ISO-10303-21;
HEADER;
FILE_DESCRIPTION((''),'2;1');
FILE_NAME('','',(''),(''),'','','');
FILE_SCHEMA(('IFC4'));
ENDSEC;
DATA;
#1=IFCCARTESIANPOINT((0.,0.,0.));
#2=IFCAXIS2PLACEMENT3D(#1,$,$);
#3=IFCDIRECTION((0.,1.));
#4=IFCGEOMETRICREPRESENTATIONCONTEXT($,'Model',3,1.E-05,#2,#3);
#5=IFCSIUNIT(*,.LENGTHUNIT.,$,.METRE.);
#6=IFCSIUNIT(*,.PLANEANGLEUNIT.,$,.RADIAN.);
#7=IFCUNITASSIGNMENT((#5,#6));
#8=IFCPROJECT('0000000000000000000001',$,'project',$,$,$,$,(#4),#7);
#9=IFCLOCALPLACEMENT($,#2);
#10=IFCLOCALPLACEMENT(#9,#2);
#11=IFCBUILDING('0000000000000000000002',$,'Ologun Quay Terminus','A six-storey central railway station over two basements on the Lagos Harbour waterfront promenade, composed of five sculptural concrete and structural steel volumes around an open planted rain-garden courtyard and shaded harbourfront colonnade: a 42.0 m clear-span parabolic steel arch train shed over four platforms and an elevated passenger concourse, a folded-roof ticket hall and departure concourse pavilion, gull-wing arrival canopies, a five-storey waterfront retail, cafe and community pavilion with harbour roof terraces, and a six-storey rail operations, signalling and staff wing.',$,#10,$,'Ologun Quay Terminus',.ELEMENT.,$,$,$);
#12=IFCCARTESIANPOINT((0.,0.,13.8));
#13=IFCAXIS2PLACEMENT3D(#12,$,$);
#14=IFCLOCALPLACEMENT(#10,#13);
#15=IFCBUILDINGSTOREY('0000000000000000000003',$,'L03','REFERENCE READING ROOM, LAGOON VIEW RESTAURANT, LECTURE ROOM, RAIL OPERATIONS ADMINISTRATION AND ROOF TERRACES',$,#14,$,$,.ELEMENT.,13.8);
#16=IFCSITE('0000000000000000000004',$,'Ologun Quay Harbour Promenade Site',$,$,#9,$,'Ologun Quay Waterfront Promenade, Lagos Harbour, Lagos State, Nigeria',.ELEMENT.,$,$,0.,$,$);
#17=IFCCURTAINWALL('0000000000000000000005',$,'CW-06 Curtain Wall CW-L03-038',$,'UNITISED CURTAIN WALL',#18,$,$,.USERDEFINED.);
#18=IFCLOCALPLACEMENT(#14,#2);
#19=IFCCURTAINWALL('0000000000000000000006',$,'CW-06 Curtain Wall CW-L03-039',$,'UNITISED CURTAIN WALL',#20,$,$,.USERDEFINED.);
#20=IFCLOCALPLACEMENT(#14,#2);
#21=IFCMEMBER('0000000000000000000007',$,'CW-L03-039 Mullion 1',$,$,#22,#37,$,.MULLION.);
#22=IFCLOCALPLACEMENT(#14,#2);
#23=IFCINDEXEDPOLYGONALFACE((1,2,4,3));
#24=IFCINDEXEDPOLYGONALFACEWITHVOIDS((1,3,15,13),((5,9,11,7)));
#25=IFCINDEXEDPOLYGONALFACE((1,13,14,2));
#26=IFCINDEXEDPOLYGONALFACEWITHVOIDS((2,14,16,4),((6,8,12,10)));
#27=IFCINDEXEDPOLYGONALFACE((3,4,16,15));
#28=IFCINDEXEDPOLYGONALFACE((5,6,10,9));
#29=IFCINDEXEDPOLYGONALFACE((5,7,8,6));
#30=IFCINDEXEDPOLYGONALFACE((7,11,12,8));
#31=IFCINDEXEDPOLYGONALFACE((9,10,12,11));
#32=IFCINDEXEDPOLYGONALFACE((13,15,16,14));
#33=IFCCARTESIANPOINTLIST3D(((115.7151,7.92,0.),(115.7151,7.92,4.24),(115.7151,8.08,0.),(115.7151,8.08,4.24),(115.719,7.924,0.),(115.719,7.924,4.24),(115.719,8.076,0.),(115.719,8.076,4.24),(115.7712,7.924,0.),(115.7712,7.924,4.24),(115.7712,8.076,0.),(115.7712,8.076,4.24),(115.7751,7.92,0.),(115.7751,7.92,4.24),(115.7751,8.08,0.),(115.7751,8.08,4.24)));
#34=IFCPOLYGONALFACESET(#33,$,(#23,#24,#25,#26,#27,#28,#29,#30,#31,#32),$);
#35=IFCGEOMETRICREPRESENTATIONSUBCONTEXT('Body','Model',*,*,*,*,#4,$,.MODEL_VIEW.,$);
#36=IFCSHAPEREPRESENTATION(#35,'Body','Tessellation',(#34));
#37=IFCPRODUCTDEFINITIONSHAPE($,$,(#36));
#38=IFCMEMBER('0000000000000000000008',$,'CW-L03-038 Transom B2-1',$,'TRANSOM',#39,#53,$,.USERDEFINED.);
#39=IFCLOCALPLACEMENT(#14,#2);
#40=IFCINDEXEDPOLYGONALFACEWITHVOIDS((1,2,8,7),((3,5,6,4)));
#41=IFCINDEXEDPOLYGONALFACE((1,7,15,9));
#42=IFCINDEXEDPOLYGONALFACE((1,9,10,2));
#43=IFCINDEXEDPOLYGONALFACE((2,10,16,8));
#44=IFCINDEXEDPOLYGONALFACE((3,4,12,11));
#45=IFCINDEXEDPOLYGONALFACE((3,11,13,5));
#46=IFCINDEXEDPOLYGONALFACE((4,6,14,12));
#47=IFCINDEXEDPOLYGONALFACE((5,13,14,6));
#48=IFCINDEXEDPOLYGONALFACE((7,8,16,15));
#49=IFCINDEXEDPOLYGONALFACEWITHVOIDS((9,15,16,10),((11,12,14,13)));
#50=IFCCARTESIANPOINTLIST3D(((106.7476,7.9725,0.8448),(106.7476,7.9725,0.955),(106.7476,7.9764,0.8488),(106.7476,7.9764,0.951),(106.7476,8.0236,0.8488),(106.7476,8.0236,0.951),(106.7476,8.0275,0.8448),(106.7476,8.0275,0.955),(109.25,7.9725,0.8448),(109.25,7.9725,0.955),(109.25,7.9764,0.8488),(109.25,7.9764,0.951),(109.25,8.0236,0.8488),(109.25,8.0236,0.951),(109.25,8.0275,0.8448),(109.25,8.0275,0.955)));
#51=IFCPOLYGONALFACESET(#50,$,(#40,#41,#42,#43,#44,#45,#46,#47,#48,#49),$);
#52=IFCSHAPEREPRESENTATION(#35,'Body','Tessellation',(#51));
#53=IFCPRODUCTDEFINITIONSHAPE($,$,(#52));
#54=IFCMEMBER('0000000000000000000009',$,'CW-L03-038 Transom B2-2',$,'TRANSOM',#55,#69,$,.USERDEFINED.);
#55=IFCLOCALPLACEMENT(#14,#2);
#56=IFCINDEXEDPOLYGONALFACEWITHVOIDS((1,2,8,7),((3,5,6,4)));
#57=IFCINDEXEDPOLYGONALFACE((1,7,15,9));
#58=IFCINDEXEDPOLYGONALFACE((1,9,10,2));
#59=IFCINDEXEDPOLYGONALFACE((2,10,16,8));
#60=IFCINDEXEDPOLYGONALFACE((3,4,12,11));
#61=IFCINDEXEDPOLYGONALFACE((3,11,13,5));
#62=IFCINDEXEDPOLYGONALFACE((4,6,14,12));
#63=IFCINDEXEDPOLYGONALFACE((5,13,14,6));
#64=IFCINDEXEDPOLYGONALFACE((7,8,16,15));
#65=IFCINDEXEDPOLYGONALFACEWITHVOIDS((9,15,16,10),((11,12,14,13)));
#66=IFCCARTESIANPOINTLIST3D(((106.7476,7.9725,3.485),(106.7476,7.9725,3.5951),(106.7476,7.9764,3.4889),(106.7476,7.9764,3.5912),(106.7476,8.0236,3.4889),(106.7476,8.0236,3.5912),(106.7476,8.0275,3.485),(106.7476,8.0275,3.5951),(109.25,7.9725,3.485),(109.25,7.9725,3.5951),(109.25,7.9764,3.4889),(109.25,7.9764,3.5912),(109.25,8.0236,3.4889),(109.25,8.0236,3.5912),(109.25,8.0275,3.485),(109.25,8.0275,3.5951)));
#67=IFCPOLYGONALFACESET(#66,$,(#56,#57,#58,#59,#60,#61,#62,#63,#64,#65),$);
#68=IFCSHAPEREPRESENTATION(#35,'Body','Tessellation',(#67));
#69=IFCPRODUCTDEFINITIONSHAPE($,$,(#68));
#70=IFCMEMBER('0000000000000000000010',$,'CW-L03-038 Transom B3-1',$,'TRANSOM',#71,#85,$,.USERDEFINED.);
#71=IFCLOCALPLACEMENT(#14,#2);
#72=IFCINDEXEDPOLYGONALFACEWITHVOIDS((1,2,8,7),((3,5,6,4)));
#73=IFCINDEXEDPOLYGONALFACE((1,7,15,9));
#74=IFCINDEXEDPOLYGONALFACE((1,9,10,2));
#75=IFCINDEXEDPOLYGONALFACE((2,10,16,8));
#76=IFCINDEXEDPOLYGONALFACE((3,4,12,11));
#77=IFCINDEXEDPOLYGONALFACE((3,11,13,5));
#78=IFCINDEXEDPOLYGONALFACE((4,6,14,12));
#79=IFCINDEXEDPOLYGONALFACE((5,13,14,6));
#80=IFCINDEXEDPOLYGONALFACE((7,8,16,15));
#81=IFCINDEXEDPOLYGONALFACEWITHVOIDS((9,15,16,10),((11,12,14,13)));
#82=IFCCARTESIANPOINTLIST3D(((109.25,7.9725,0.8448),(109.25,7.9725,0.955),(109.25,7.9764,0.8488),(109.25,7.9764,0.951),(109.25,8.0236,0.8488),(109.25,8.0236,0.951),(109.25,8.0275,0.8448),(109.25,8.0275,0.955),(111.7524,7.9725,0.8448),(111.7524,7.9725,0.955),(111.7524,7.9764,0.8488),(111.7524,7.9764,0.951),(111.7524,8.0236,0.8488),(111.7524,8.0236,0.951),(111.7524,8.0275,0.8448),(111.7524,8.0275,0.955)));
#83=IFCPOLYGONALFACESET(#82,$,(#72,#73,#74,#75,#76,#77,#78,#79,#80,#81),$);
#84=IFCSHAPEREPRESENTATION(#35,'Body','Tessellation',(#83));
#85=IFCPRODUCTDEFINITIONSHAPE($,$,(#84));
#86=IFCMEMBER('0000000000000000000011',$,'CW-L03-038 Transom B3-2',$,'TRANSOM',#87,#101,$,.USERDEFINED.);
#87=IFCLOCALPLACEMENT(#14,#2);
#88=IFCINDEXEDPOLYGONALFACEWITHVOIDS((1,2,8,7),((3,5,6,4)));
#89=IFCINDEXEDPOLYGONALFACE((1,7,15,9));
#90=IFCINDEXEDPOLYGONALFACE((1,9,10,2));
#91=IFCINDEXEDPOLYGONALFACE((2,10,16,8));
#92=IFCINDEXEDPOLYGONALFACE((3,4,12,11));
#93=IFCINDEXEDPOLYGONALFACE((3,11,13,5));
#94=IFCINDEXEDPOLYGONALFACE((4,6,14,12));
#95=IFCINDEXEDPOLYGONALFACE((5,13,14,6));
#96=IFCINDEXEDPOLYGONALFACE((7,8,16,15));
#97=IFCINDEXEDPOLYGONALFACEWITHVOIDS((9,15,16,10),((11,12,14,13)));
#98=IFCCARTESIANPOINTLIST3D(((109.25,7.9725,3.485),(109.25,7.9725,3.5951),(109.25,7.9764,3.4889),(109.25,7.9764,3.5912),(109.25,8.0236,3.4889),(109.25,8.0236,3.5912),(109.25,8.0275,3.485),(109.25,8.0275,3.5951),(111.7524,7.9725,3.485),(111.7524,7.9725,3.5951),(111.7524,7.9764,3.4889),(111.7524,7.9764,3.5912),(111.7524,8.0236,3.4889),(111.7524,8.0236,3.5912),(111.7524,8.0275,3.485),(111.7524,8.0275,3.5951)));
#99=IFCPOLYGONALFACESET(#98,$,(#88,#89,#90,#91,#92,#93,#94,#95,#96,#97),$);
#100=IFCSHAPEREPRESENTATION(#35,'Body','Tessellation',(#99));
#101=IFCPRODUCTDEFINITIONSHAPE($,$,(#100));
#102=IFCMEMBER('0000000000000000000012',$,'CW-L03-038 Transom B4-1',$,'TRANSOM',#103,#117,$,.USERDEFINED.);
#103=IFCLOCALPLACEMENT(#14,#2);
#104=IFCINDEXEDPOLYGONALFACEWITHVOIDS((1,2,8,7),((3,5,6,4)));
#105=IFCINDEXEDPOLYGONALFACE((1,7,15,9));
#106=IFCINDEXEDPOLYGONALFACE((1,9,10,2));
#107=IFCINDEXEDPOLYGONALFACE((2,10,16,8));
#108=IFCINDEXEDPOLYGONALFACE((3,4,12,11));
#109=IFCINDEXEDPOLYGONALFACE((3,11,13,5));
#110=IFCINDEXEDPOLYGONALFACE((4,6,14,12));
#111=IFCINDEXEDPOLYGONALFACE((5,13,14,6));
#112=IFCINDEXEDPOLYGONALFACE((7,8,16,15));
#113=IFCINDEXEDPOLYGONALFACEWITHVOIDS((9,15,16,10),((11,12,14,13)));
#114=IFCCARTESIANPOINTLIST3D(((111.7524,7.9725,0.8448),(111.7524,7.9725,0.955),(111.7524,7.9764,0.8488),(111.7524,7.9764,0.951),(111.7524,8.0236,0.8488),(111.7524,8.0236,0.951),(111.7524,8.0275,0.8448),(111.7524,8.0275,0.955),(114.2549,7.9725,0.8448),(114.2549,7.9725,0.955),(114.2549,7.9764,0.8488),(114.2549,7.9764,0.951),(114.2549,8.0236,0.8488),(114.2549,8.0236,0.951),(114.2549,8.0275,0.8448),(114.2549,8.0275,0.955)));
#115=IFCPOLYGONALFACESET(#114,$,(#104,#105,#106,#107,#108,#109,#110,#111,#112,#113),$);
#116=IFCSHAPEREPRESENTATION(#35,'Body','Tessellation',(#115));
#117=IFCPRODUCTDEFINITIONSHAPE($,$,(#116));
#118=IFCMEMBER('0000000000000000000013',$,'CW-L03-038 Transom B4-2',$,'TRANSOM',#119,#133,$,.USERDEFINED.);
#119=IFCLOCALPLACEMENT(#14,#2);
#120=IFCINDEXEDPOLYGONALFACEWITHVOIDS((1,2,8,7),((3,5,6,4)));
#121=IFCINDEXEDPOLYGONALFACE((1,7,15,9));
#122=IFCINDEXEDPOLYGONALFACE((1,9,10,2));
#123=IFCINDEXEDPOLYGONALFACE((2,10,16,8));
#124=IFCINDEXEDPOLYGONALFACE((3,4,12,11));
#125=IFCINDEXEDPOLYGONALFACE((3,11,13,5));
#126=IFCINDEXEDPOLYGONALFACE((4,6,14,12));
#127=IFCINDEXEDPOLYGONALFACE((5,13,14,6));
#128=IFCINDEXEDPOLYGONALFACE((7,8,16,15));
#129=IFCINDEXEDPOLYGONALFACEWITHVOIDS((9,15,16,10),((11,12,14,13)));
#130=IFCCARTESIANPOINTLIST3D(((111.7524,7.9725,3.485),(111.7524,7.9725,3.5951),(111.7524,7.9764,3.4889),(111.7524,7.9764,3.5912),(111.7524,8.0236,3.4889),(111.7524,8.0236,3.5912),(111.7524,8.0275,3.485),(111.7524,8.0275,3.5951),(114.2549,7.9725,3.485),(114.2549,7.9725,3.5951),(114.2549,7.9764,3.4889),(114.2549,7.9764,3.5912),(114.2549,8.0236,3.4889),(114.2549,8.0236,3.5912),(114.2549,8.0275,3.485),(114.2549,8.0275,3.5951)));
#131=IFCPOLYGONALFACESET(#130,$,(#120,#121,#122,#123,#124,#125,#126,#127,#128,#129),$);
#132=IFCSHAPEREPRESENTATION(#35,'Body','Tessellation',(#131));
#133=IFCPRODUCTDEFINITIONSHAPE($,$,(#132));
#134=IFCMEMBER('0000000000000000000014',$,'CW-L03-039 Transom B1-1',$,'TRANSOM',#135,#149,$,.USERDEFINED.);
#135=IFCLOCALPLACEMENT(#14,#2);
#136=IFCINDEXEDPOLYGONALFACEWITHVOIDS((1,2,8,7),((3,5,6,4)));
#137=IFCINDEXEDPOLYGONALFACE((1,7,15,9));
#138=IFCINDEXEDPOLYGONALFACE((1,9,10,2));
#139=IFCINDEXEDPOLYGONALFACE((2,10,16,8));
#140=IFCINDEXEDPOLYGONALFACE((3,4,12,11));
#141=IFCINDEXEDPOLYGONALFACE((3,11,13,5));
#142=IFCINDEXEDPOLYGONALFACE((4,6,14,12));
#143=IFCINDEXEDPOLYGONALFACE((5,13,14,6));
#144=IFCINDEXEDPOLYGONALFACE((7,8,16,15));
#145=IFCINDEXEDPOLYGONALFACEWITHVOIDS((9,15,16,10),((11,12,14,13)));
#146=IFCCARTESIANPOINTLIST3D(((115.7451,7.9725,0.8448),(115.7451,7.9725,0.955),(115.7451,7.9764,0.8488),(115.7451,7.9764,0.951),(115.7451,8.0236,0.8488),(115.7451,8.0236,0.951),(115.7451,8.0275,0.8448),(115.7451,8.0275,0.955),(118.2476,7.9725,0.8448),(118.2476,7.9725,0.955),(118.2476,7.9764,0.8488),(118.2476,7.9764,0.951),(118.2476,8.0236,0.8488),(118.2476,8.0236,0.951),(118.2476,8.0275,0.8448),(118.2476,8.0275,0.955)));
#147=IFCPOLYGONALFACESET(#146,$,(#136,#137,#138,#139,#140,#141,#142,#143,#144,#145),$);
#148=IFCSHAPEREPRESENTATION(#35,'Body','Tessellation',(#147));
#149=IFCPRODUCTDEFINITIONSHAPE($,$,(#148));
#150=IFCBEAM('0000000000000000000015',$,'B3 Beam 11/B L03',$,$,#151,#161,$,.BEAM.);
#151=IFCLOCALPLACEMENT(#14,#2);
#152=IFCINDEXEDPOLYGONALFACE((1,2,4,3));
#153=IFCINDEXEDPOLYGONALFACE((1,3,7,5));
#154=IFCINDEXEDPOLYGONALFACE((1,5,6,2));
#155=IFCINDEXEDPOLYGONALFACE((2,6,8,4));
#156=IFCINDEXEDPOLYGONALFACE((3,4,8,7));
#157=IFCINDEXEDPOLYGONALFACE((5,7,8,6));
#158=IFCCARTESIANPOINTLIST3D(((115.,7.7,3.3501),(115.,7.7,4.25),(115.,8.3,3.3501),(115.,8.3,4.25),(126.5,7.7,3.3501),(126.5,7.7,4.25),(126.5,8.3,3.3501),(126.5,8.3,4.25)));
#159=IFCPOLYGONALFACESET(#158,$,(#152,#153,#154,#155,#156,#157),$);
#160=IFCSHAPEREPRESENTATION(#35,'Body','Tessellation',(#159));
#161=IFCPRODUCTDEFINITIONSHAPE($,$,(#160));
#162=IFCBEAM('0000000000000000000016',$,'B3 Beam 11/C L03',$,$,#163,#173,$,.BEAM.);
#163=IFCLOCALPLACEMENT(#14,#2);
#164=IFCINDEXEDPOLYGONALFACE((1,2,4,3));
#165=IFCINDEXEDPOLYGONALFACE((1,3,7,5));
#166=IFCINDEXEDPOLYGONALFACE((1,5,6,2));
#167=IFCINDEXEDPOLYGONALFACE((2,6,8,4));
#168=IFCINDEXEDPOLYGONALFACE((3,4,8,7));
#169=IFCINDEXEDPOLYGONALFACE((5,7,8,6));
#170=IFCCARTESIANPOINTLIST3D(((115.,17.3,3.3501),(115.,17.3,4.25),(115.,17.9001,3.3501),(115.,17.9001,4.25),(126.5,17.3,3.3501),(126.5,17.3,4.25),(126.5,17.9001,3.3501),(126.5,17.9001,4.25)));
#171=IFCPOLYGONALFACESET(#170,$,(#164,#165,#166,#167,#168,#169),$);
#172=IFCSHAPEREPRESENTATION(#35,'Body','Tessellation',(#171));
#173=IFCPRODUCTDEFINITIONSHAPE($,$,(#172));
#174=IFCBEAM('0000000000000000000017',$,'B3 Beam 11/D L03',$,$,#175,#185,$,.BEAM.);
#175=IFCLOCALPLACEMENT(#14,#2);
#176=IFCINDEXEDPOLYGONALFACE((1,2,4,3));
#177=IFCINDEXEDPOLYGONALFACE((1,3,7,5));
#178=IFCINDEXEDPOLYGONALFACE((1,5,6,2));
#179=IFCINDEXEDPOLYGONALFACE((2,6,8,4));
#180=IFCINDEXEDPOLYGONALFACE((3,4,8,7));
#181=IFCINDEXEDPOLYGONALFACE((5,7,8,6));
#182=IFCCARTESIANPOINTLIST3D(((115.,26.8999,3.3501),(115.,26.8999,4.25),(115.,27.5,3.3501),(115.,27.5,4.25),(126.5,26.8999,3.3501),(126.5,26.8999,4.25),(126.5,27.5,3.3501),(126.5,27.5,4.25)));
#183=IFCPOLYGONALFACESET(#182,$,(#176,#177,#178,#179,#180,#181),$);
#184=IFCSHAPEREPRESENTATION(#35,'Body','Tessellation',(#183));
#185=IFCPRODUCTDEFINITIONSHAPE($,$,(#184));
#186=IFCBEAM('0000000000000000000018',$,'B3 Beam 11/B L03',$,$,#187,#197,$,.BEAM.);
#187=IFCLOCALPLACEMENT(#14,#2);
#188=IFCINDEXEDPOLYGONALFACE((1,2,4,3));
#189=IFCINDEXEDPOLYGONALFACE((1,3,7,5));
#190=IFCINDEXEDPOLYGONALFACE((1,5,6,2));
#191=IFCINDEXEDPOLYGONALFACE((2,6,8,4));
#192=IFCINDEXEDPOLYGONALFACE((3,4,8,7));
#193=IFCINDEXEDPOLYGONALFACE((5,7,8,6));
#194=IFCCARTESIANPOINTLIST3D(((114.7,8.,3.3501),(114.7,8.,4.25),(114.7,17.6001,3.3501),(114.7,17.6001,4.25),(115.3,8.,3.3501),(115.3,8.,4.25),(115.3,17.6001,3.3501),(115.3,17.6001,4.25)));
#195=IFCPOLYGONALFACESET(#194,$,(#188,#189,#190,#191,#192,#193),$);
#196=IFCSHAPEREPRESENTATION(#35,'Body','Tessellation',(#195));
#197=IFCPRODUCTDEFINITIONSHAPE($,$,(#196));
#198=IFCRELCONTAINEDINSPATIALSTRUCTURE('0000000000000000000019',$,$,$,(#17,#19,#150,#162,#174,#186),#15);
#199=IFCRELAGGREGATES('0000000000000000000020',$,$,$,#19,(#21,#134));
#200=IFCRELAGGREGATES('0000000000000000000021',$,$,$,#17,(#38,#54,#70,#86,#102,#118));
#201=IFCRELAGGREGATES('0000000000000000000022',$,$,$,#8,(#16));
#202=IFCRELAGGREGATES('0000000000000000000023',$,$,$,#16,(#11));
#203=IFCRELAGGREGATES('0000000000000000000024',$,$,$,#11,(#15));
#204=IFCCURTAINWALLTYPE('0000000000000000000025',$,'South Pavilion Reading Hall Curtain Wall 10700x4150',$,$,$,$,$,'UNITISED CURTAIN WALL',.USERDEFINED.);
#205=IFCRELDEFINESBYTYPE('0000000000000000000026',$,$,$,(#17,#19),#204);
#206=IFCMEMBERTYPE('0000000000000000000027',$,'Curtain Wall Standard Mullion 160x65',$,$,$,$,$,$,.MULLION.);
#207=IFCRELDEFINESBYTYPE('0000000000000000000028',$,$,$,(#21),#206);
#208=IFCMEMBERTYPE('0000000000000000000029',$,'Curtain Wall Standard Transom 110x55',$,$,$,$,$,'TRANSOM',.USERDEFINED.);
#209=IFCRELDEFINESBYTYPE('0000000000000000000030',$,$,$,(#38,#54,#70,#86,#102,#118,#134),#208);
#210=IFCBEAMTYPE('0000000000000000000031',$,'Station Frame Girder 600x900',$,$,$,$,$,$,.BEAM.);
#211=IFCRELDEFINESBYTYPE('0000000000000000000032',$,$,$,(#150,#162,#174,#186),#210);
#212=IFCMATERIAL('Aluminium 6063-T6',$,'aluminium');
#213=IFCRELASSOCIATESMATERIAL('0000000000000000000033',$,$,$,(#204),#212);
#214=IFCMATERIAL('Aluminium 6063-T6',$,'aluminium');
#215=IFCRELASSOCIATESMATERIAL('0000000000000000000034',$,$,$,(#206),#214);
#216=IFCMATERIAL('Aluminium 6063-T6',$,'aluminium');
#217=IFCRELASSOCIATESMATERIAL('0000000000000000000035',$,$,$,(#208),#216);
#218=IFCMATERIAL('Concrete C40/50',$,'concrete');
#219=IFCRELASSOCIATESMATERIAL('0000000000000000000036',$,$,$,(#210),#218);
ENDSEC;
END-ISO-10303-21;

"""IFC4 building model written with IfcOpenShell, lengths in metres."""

from ifc_helpers import new_model, si_unit, direction, frame, origin, origin_2d, place, context, subcontext, project, spatial, rectangle, hollow_rectangle, extrude, material, material_profile, profile_set, type_object, element, aggregate, save


model = new_model("IFC4")

# Units and contexts
model_context = context("Model", 3, precision=1e-05, world=origin(), true_north=direction((0.0, 1.0)))
body_context = subcontext(model_context, "Body", "Model", "MODEL_VIEW")
ifc_project = project(units=[si_unit("LENGTHUNIT", "METRE"), si_unit("PLANEANGLEUNIT", "RADIAN")], contexts=[model_context])

# Site, building, storey
site_placement = place(None, origin())
site = spatial("IfcSite", under=ifc_project, at=site_placement, Name="Ologun Quay Harbour Promenade Site", LongName="Ologun Quay Waterfront Promenade, Lagos Harbour, Lagos State, Nigeria", CompositionType="ELEMENT", RefElevation=0.0)
building_placement = place(site_placement, origin())
building = spatial("IfcBuilding", under=site, at=building_placement, Name="Ologun Quay Terminus", Description="A six-storey central railway station over two basements on the Lagos Harbour waterfront promenade, composed of five sculptural concrete and structural steel volumes around an open planted rain-garden courtyard and shaded harbourfront colonnade: a 42.0 m clear-span parabolic steel arch train shed over four platforms and an elevated passenger concourse, a folded-roof ticket hall and departure concourse pavilion, gull-wing arrival canopies, a five-storey waterfront retail, cafe and community pavilion with harbour roof terraces, and a six-storey rail operations, signalling and staff wing.", LongName="Ologun Quay Terminus", CompositionType="ELEMENT")
storey_placement = place(building_placement, frame((0.0, 0.0, 13.8)))
storey = spatial("IfcBuildingStorey", under=building, at=storey_placement, Name="L03", Description="REFERENCE READING ROOM, LAGOON VIEW RESTAURANT, LECTURE ROOM, RAIL OPERATIONS ADMINISTRATION AND ROOF TERRACES", CompositionType="ELEMENT", Elevation=13.8)

# Curtain wall
ifc_material_1 = material(Name="Aluminium 6063-T6", Category="aluminium")
curtain_wall_type = type_object("IfcCurtainWallType", Name="South Pavilion Reading Hall Curtain Wall 10700x4150", ElementType="UNITISED CURTAIN WALL", PredefinedType="USERDEFINED", material=ifc_material_1)
curtain_wall_1_placement = place(storey_placement, origin())
curtain_wall_1 = element("IfcCurtainWall", 1, at=curtain_wall_1_placement, inside=storey, type_object=curtain_wall_type, Name="CW-06 Curtain Wall CW-L03-038", ObjectType="UNITISED CURTAIN WALL", PredefinedType="USERDEFINED")
ifc_material_2 = material(Name="Aluminium 6063-T6", Category="aluminium")
ifc_material_profile_1 = material_profile(ifc_material_2, hollow_rectangle(XDim=0.0601, YDim=0.1599, WallThickness=0.0039, at=origin_2d()), Name="ALU 160x60x4")
ifc_profile_set_1 = profile_set([ifc_material_profile_1], Name="Aluminium 6063-T6")
member_type_1 = type_object("IfcMemberType", Name="Curtain Wall Standard Mullion 160x65", PredefinedType="MULLION", material=ifc_profile_set_1)

# Curtain wall, member
curtain_wall_2_placement = place(storey_placement, origin())
curtain_wall_2 = element("IfcCurtainWall", 2, at=curtain_wall_2_placement, inside=storey, type_object=curtain_wall_type, Name="CW-06 Curtain Wall CW-L03-039", ObjectType="UNITISED CURTAIN WALL", PredefinedType="USERDEFINED")
member_1_placement = place(storey_placement, frame((115.7451, 8.0, 0.0), z_axis=(0.0, 0.0, 1.0), x_axis=(1.0, 0.0, 0.0)))
member_1 = element("IfcMember", 3, at=member_1_placement, type_object=member_type_1, Name="CW-L03-039 Mullion 1", PredefinedType="MULLION", context=body_context, shape_type="SweptSolid", body=[
    extrude(hollow_rectangle(XDim=0.0601, YDim=0.1599, WallThickness=0.0039, at=origin_2d()), origin(), (0.0, 0.0, 1.0), 4.24),
])

# Members
ifc_material_3 = material(Name="Aluminium 6063-T6", Category="aluminium")
ifc_material_profile_2 = material_profile(ifc_material_3, hollow_rectangle(XDim=0.0549, YDim=0.1101, WallThickness=0.0039, at=origin_2d()), Name="ALU 110x55x4")
ifc_profile_set_2 = profile_set([ifc_material_profile_2], Name="Aluminium 6063-T6")
member_type_2 = type_object("IfcMemberType", Name="Curtain Wall Standard Transom 110x55", ElementType="TRANSOM", PredefinedType="USERDEFINED", material=ifc_profile_set_2)
member_2_placement = place(storey_placement, frame((106.7476, 8.0, 0.8999), z_axis=(1.0, 0.0, 0.0), x_axis=(0.0, 1.0, 0.0)))
member_2 = element("IfcMember", 4, at=member_2_placement, type_object=member_type_2, Name="CW-L03-038 Transom B2-1", ObjectType="TRANSOM", PredefinedType="USERDEFINED", context=body_context, shape_type="SweptSolid", body=[
    extrude(hollow_rectangle(XDim=0.0549, YDim=0.1101, WallThickness=0.0039, at=origin_2d()), origin(), (0.0, 0.0, 1.0), 2.5024),
])
member_3_placement = place(storey_placement, frame((106.7476, 8.0, 3.54), z_axis=(1.0, 0.0, 0.0), x_axis=(0.0, 1.0, 0.0)))
member_3 = element("IfcMember", 5, at=member_3_placement, type_object=member_type_2, Name="CW-L03-038 Transom B2-2", ObjectType="TRANSOM", PredefinedType="USERDEFINED", context=body_context, shape_type="SweptSolid", body=[
    extrude(hollow_rectangle(XDim=0.0549, YDim=0.1101, WallThickness=0.0039, at=origin_2d()), origin(), (0.0, 0.0, 1.0), 2.5024),
])
member_4_placement = place(storey_placement, frame((109.25, 8.0, 0.8999), z_axis=(1.0, 0.0, 0.0), x_axis=(0.0, 1.0, 0.0)))
member_4 = element("IfcMember", 6, at=member_4_placement, type_object=member_type_2, Name="CW-L03-038 Transom B3-1", ObjectType="TRANSOM", PredefinedType="USERDEFINED", context=body_context, shape_type="SweptSolid", body=[
    extrude(hollow_rectangle(XDim=0.0549, YDim=0.1101, WallThickness=0.0039, at=origin_2d()), origin(), (0.0, 0.0, 1.0), 2.5024),
])
member_5_placement = place(storey_placement, frame((109.25, 8.0, 3.54), z_axis=(1.0, 0.0, 0.0), x_axis=(0.0, 1.0, 0.0)))
member_5 = element("IfcMember", 7, at=member_5_placement, type_object=member_type_2, Name="CW-L03-038 Transom B3-2", ObjectType="TRANSOM", PredefinedType="USERDEFINED", context=body_context, shape_type="SweptSolid", body=[
    extrude(hollow_rectangle(XDim=0.0549, YDim=0.1101, WallThickness=0.0039, at=origin_2d()), origin(), (0.0, 0.0, 1.0), 2.5024),
])
member_6_placement = place(storey_placement, frame((111.7524, 8.0, 0.8999), z_axis=(1.0, 0.0, 0.0), x_axis=(0.0, 1.0, 0.0)))
member_6 = element("IfcMember", 8, at=member_6_placement, type_object=member_type_2, Name="CW-L03-038 Transom B4-1", ObjectType="TRANSOM", PredefinedType="USERDEFINED", context=body_context, shape_type="SweptSolid", body=[
    extrude(hollow_rectangle(XDim=0.0549, YDim=0.1101, WallThickness=0.0039, at=origin_2d()), origin(), (0.0, 0.0, 1.0), 2.5024),
])
member_7_placement = place(storey_placement, frame((111.7524, 8.0, 3.54), z_axis=(1.0, 0.0, 0.0), x_axis=(0.0, 1.0, 0.0)))
member_7 = element("IfcMember", 9, at=member_7_placement, type_object=member_type_2, Name="CW-L03-038 Transom B4-2", ObjectType="TRANSOM", PredefinedType="USERDEFINED", context=body_context, shape_type="SweptSolid", body=[
    extrude(hollow_rectangle(XDim=0.0549, YDim=0.1101, WallThickness=0.0039, at=origin_2d()), origin(), (0.0, 0.0, 1.0), 2.5024),
])
member_8_placement = place(storey_placement, frame((115.7451, 8.0, 0.8999), z_axis=(1.0, 0.0, 0.0), x_axis=(0.0, 1.0, 0.0)))
member_8 = element("IfcMember", 10, at=member_8_placement, type_object=member_type_2, Name="CW-L03-039 Transom B1-1", ObjectType="TRANSOM", PredefinedType="USERDEFINED", context=body_context, shape_type="SweptSolid", body=[
    extrude(hollow_rectangle(XDim=0.0549, YDim=0.1101, WallThickness=0.0039, at=origin_2d()), origin(), (0.0, 0.0, 1.0), 2.5024),
])
aggregate(curtain_wall_2, [member_1, member_8])

# Beams
ifc_material_4 = material(Name="Concrete C40/50", Category="concrete")
ifc_material_profile_3 = material_profile(ifc_material_4, rectangle(XDim=0.6001, YDim=0.8999, at=origin_2d()), Name="RC 600x900")
ifc_profile_set_3 = profile_set([ifc_material_profile_3], Name="Concrete C40/50")
beam_type_1 = type_object("IfcBeamType", Name="Station Frame Girder 600x900", PredefinedType="BEAM", material=ifc_profile_set_3)
for number, where, z_axis, x_axis, name in (
    (11, (115.0, 8.0, 3.8), (1.0, 0.0, 0.0), (0.0, 1.0, 0.0), "B3 Beam 11/B L03"),
    (12, (115.0, 17.6001, 3.8), (1.0, 0.0, 0.0), (0.0, 1.0, 0.0), "B3 Beam 11/C L03"),
    (13, (115.0, 27.2, 3.8), (1.0, 0.0, 0.0), (0.0, 1.0, 0.0), "B3 Beam 11/D L03"),
):
    element("IfcBeam", number, at=place(storey_placement, frame(where, z_axis=z_axis, x_axis=x_axis)), inside=storey, type_object=beam_type_1, Name=name, PredefinedType="BEAM", context=body_context, shape_type="SweptSolid", body=[
        extrude(rectangle(XDim=0.6001, YDim=0.8999, at=origin_2d()), origin(), (0.0, 0.0, 1.0), 11.5),
    ])
beam_1_placement = place(storey_placement, frame((115.0, 8.0, 3.8), z_axis=(0.0, 1.0, 0.0), x_axis=(-1.0, 0.0, 0.0)))
element("IfcBeam", 14, at=beam_1_placement, inside=storey, type_object=beam_type_1, Name="B3 Beam 11/B L03", PredefinedType="BEAM", context=body_context, shape_type="SweptSolid", body=[
    extrude(rectangle(XDim=0.6001, YDim=0.8999, at=origin_2d()), origin(), (0.0, 0.0, 1.0), 9.6001),
])

aggregate(curtain_wall_1, [member_2, member_3, member_4, member_5, member_6, member_7])

save(model, "model.ifc")
